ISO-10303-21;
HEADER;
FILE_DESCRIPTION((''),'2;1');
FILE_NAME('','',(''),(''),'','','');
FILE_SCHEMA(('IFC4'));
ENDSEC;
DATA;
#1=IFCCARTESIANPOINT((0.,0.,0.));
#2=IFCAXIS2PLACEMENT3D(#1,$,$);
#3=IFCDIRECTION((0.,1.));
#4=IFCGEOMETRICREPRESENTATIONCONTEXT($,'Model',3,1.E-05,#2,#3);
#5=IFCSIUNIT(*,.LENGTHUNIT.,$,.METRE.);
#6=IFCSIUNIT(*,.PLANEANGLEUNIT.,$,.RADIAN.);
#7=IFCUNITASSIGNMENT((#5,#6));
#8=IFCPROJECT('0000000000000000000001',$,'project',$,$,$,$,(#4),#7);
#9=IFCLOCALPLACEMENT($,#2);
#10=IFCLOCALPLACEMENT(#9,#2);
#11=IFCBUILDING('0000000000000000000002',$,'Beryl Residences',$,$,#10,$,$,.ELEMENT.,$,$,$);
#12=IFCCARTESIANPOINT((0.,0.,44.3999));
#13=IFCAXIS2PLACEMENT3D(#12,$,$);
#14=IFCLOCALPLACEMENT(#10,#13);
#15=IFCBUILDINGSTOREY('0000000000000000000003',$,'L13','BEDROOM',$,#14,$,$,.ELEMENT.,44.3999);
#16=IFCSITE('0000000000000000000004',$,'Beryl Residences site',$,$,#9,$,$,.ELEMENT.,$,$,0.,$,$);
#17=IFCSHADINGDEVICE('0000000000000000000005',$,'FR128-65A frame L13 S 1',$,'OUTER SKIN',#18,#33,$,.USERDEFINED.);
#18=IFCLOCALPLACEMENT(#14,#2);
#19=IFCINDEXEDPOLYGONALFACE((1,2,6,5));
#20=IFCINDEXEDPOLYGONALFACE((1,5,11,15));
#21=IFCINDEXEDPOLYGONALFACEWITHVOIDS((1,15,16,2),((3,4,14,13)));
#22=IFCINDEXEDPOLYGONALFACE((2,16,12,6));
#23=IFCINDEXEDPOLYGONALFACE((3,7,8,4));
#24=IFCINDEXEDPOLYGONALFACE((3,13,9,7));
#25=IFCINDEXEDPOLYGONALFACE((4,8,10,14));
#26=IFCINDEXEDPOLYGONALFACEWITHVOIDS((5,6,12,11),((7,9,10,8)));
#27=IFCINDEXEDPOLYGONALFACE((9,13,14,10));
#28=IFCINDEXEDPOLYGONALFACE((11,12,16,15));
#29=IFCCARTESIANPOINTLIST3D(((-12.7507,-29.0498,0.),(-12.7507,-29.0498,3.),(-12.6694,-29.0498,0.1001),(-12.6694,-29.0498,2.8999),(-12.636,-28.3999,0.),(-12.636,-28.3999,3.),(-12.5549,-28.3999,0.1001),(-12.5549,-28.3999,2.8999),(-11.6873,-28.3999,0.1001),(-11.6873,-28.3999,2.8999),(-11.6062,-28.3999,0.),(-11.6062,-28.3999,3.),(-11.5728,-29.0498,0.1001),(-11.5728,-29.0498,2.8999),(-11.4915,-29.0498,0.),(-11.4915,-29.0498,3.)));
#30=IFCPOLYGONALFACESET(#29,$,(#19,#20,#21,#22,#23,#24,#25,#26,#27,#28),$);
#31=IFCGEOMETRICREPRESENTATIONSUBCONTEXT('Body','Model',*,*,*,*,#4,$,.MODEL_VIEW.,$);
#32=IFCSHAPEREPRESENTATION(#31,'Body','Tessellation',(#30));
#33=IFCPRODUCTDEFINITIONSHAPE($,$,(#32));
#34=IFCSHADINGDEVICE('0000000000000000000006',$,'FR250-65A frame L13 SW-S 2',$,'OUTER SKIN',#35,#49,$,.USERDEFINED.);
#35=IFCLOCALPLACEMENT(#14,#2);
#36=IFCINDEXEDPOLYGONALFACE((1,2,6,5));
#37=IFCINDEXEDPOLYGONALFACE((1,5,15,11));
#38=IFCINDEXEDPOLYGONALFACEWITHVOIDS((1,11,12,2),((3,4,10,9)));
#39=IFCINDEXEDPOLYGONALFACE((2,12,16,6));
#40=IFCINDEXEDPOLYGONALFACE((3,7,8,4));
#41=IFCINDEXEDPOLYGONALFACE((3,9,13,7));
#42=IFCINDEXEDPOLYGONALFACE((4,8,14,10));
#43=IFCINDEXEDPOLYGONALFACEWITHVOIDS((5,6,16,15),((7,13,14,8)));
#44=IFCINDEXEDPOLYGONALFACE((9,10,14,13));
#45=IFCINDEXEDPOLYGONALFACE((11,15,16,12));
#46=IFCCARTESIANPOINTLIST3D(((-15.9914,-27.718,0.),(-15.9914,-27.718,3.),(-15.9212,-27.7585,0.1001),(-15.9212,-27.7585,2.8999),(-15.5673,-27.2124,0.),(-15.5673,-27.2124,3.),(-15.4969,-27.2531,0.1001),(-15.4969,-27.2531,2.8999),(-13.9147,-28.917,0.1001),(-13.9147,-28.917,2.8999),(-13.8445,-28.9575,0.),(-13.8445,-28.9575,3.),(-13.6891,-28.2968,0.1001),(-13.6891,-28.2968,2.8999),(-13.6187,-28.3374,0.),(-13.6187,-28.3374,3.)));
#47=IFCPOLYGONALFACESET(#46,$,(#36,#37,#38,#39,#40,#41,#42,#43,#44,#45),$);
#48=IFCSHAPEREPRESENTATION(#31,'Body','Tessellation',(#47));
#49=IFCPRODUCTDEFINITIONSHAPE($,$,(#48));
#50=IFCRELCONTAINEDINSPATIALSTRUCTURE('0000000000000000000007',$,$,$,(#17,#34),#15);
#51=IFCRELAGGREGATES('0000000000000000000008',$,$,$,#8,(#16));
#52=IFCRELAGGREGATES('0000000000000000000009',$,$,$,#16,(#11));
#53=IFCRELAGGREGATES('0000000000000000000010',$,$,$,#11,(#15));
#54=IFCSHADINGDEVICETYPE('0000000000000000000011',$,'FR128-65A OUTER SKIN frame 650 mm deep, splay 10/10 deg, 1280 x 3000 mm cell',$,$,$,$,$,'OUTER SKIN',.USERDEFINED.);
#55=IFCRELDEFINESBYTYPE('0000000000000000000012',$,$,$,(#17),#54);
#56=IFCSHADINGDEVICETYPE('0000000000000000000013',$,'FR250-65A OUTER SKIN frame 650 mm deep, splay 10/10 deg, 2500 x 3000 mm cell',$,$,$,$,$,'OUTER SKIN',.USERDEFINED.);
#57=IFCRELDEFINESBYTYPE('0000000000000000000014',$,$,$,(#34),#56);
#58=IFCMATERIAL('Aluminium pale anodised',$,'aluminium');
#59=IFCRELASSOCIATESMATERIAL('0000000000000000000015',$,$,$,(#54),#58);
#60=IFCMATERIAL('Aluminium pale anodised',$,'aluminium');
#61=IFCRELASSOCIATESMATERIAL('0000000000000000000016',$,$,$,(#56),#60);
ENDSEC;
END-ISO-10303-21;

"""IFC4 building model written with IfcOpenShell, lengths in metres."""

from ifc_helpers import new_model, entity, si_unit, direction, frame, origin, place, context, subcontext, project, spatial, source, transform, mapped, material, type_object, type_shapes, element, save


model = new_model("IFC4")

# Units and contexts
model_context = context("Model", 3, precision=1e-05, world=origin(), true_north=direction((0.0, 1.0)))
body_context = subcontext(model_context, "Body", "Model", "MODEL_VIEW")
ifc_project = project(units=[si_unit("LENGTHUNIT", "METRE"), si_unit("PLANEANGLEUNIT", "RADIAN")], contexts=[model_context])

# Site, building, storey
site_placement = place(None, origin())
site = spatial("IfcSite", under=ifc_project, at=site_placement, Name="Beryl Residences site", CompositionType="ELEMENT", RefElevation=0.0)
building_placement = place(site_placement, origin())
building = spatial("IfcBuilding", under=site, at=building_placement, Name="Beryl Residences", CompositionType="ELEMENT")
storey_placement = place(building_placement, frame((0.0, 0.0, 44.3999)))
storey = spatial("IfcBuildingStorey", under=building, at=storey_placement, Name="L13", Description="BEDROOM", CompositionType="ELEMENT", Elevation=44.3999)

# Shading devices
ifc_material_1 = material(Name="Aluminium pale anodised", Category="aluminium")
shading_device_type_1 = type_object("IfcShadingDeviceType", Name="FR128-65A OUTER SKIN frame 650 mm deep, splay 10/10 deg, 1280 x 3000 mm cell", ElementType="OUTER SKIN", PredefinedType="USERDEFINED", material=ifc_material_1)
cartesian_point_1 = entity("IfcCartesianPoint", [-0.5149, 0.0])
cartesian_point_2 = entity("IfcCartesianPoint", [-0.4338, 0.1001])
cartesian_point_3 = entity("IfcCartesianPoint", [-0.6296, 0.0])
cartesian_point_4 = entity("IfcCartesianPoint", [-0.5483, 0.1001])
shared_shape_1 = source(origin(), body_context, "Body", "SweptSolid", [
    entity("IfcExtrudedAreaSolidTapered", entity("IfcArbitraryProfileDefWithVoids", "AREA", None, entity("IfcPolyline", [cartesian_point_1, entity("IfcCartesianPoint", [0.5149, 0.0]), entity("IfcCartesianPoint", [0.5149, 3.0]), entity("IfcCartesianPoint", [-0.5149, 3.0]), cartesian_point_1]), [entity("IfcPolyline", [cartesian_point_2, entity("IfcCartesianPoint", [0.4338, 0.1001]), entity("IfcCartesianPoint", [0.4338, 2.8999]), entity("IfcCartesianPoint", [-0.4338, 2.8999]), cartesian_point_2])]), entity("IfcAxis2Placement3D", entity("IfcCartesianPoint", [0.0, 0.0, 0.0]), entity("IfcDirection", [0.0, 1.0, 0.0]), entity("IfcDirection", [-1.0, 0.0, 0.0])), entity("IfcDirection", [0.0, 0.0, 1.0]), 0.6499, entity("IfcArbitraryProfileDefWithVoids", "AREA", None, entity("IfcPolyline", [cartesian_point_3, entity("IfcCartesianPoint", [0.6296, 0.0]), entity("IfcCartesianPoint", [0.6296, 3.0]), entity("IfcCartesianPoint", [-0.6296, 3.0]), cartesian_point_3]), [entity("IfcPolyline", [cartesian_point_4, entity("IfcCartesianPoint", [0.5483, 0.1001]), entity("IfcCartesianPoint", [0.5483, 2.8999]), entity("IfcCartesianPoint", [-0.5483, 2.8999]), cartesian_point_4])])),
])
type_shapes(shading_device_type_1, [shared_shape_1])
shading_device_1_placement = place(storey_placement, frame((-12.1211, -28.3999, 0.0), z_axis=(0.0, 0.0, 1.0), x_axis=(-1.0, 0.0, 0.0)))
element("IfcShadingDevice", 1, at=shading_device_1_placement, inside=storey, type_object=shading_device_type_1, Name="FR128-65A frame L13 S 1", ObjectType="OUTER SKIN", PredefinedType="USERDEFINED", context=body_context, shape_type="MappedRepresentation", body=[
    mapped(shared_shape_1, transform((0.0, 0.0, 0.0))),
])
ifc_material_2 = material(Name="Aluminium pale anodised", Category="aluminium")
shading_device_type_2 = type_object("IfcShadingDeviceType", Name="FR250-65A OUTER SKIN frame 650 mm deep, splay 10/10 deg, 2500 x 3000 mm cell", ElementType="OUTER SKIN", PredefinedType="USERDEFINED", material=ifc_material_2)
cartesian_point_5 = entity("IfcCartesianPoint", [-1.125, 0.0])
cartesian_point_6 = entity("IfcCartesianPoint", [-1.0437, 0.1001])
cartesian_point_7 = entity("IfcCartesianPoint", [-1.2395, 0.0])
cartesian_point_8 = entity("IfcCartesianPoint", [-1.1584, 0.1001])
shared_shape_2 = source(origin(), body_context, "Body", "SweptSolid", [
    entity("IfcExtrudedAreaSolidTapered", entity("IfcArbitraryProfileDefWithVoids", "AREA", None, entity("IfcPolyline", [cartesian_point_5, entity("IfcCartesianPoint", [1.125, 0.0]), entity("IfcCartesianPoint", [1.125, 3.0]), entity("IfcCartesianPoint", [-1.125, 3.0]), cartesian_point_5]), [entity("IfcPolyline", [cartesian_point_6, entity("IfcCartesianPoint", [1.0437, 0.1001]), entity("IfcCartesianPoint", [1.0437, 2.8999]), entity("IfcCartesianPoint", [-1.0437, 2.8999]), cartesian_point_6])]), entity("IfcAxis2Placement3D", entity("IfcCartesianPoint", [0.0, 0.0, 0.0]), entity("IfcDirection", [0.0, 1.0, 0.0]), entity("IfcDirection", [-1.0, 0.0, 0.0])), entity("IfcDirection", [0.0, 0.0, 1.0]), 0.6499, entity("IfcArbitraryProfileDefWithVoids", "AREA", None, entity("IfcPolyline", [cartesian_point_7, entity("IfcCartesianPoint", [1.2395, 0.0]), entity("IfcCartesianPoint", [1.2395, 3.0]), entity("IfcCartesianPoint", [-1.2395, 3.0]), cartesian_point_7]), [entity("IfcPolyline", [cartesian_point_8, entity("IfcCartesianPoint", [1.1584, 0.1001]), entity("IfcCartesianPoint", [1.1584, 2.8999]), entity("IfcCartesianPoint", [-1.1584, 2.8999]), cartesian_point_8])])),
])
type_shapes(shading_device_type_2, [shared_shape_2])
shading_device_2_placement = place(storey_placement, frame((-14.593, -27.7749, 0.0), z_axis=(0.0, 0.0, 1.0), x_axis=(-0.866025, 0.5, 0.0)))
element("IfcShadingDevice", 2, at=shading_device_2_placement, inside=storey, type_object=shading_device_type_2, Name="FR250-65A frame L13 SW-S 2", ObjectType="OUTER SKIN", PredefinedType="USERDEFINED", context=body_context, shape_type="MappedRepresentation", body=[
    mapped(shared_shape_2, transform((0.0, 0.0, 0.0))),
])

save(model, "model.ifc")
